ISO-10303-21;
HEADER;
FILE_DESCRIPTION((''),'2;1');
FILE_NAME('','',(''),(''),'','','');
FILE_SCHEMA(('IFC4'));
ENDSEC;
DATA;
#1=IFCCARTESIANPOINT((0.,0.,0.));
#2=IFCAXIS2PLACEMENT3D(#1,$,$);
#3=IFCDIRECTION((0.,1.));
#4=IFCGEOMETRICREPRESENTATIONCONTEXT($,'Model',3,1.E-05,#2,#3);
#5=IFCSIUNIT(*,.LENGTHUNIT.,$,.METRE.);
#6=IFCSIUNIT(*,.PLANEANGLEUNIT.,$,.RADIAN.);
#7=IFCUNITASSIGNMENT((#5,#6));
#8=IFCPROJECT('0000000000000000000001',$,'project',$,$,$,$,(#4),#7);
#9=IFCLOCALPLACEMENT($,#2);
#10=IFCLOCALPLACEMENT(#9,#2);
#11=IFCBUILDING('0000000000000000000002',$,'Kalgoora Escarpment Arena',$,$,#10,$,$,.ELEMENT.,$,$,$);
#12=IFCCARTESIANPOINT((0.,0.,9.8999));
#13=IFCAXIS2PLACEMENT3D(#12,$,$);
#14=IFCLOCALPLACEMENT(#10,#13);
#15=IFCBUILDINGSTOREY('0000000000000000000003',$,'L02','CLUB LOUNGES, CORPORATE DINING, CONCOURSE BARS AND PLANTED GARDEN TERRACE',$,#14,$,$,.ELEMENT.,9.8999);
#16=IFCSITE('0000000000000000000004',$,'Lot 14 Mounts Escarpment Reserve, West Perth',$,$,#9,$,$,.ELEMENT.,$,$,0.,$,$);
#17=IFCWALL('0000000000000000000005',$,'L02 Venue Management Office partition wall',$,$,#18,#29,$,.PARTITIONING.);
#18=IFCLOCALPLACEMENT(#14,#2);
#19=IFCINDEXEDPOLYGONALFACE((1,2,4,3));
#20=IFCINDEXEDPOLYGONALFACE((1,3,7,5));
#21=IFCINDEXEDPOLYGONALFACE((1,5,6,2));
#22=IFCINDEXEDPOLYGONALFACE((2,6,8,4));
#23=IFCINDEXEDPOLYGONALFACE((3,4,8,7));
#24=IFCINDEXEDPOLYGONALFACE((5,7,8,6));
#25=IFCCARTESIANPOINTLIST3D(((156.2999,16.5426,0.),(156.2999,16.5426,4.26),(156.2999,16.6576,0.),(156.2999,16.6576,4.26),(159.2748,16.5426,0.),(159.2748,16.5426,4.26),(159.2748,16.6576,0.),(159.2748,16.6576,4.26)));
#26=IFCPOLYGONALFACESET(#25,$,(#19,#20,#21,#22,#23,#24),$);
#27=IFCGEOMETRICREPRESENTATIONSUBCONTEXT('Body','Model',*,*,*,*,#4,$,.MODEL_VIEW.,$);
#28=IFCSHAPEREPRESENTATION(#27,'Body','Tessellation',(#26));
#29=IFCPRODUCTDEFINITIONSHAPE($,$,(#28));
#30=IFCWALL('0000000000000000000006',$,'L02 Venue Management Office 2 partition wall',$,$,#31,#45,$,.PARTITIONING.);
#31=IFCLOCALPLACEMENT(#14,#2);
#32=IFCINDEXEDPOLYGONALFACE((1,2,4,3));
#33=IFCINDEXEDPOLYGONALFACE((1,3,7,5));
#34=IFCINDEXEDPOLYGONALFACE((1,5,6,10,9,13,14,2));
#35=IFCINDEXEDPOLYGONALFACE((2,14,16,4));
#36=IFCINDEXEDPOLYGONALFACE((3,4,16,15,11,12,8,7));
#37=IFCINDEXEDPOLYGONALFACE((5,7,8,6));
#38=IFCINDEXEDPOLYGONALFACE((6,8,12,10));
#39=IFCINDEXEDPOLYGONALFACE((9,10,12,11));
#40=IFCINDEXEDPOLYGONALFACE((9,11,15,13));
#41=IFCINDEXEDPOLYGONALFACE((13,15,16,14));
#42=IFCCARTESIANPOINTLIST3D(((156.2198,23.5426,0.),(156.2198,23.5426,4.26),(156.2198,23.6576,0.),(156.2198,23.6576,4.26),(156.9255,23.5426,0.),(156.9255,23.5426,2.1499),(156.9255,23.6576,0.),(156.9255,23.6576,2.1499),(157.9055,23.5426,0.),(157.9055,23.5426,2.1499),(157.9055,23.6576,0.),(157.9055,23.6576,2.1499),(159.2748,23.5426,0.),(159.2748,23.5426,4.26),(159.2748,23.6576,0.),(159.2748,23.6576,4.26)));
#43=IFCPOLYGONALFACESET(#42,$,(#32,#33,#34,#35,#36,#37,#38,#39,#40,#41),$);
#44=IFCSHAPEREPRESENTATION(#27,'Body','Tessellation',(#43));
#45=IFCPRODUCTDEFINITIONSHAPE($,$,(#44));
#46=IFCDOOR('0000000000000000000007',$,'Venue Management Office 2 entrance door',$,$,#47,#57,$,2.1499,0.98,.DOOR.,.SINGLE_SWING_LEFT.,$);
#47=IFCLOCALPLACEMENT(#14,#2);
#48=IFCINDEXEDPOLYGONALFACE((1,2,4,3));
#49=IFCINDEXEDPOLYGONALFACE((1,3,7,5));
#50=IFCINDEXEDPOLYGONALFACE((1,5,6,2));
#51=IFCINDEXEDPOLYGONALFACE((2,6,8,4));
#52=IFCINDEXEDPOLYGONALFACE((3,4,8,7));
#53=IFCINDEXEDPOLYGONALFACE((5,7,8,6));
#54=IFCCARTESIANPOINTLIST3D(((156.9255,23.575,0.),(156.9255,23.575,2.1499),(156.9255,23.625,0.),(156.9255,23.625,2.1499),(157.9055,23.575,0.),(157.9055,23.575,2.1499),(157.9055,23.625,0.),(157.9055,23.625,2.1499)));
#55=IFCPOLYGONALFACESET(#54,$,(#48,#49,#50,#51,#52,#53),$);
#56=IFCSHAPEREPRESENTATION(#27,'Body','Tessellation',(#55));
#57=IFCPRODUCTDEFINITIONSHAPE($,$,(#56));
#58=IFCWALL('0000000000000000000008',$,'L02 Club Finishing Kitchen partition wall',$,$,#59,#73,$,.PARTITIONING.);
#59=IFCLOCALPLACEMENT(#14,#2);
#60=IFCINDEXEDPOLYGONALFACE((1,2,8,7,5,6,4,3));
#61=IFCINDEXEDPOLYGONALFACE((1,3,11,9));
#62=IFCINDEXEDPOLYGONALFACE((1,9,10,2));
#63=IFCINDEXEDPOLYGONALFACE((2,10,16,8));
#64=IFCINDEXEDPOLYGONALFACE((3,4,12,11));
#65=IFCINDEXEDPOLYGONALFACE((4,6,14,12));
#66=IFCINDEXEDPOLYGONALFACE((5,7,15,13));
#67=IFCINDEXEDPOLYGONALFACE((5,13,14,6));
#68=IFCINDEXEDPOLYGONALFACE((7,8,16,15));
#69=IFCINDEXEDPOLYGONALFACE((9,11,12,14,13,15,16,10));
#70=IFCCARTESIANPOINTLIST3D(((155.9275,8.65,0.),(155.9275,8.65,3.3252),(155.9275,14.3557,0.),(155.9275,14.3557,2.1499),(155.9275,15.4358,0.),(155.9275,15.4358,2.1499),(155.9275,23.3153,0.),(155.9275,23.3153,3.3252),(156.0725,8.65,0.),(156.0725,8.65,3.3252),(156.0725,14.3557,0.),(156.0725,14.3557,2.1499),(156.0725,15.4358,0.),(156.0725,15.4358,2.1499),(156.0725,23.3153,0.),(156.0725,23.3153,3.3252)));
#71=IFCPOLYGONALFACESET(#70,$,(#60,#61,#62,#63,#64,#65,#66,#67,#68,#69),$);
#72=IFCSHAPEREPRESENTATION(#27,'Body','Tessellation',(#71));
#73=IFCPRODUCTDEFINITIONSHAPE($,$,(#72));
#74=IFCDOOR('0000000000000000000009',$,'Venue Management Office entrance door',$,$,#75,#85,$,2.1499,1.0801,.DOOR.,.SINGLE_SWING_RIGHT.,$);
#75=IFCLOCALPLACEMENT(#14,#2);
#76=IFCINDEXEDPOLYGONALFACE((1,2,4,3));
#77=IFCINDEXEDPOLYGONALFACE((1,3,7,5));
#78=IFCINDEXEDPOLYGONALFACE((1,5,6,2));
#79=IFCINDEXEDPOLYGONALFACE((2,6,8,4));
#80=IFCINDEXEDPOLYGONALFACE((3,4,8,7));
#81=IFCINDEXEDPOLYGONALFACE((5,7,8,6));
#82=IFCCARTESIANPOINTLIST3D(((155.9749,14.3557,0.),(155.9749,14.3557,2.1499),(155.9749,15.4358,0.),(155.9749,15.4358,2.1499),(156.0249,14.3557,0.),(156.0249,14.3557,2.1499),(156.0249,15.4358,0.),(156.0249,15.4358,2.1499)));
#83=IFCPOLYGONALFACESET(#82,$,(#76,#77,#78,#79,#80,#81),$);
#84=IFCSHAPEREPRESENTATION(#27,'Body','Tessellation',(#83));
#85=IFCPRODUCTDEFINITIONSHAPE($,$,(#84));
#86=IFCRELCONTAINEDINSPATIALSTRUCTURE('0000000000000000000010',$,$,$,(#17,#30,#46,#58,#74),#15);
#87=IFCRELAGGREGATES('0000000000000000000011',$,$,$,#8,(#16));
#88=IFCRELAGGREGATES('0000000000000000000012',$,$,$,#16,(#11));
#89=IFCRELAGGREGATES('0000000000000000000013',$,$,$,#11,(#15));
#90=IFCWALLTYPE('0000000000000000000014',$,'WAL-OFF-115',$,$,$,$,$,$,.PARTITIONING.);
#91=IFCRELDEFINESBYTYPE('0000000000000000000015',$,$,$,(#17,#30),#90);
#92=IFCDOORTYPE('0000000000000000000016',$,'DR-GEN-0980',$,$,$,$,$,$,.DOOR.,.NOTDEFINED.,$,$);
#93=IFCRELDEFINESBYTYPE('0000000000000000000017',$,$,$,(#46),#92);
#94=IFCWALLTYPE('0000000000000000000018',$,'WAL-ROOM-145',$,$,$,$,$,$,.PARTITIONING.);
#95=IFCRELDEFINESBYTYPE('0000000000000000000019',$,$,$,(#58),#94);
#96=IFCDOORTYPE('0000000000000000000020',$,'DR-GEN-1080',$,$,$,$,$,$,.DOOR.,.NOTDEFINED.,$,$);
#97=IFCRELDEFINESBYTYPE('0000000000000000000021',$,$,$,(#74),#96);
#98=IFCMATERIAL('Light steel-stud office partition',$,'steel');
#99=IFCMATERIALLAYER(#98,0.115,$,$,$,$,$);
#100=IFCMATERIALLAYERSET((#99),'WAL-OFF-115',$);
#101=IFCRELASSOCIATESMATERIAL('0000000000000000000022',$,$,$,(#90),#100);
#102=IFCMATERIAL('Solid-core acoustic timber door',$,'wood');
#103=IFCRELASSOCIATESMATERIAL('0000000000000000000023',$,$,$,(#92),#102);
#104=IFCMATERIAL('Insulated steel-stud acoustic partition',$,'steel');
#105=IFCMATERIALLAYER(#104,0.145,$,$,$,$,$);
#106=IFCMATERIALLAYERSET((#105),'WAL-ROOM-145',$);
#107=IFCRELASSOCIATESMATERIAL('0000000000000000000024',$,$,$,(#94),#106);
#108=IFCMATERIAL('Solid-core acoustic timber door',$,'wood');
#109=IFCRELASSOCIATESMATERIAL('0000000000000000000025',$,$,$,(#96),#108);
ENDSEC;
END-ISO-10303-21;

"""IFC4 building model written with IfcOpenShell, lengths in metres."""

from ifc_helpers import new_model, si_unit, direction, frame, frame_2d, origin, place, context, subcontext, project, spatial, rectangle, extrude, material, layer, layer_set, type_object, element, fill, save


model = new_model("IFC4")

# Units and contexts
model_context = context("Model", 3, precision=1e-05, world=origin(), true_north=direction((0.0, 1.0)))
body_context = subcontext(model_context, "Body", "Model", "MODEL_VIEW")
ifc_project = project(units=[si_unit("LENGTHUNIT", "METRE"), si_unit("PLANEANGLEUNIT", "RADIAN")], contexts=[model_context])

# Site, building, storey
site_placement = place(None, origin())
site = spatial("IfcSite", under=ifc_project, at=site_placement, Name="Lot 14 Mounts Escarpment Reserve, West Perth", CompositionType="ELEMENT", RefElevation=0.0)
building_placement = place(site_placement, origin())
building = spatial("IfcBuilding", under=site, at=building_placement, Name="Kalgoora Escarpment Arena", CompositionType="ELEMENT")
storey_placement = place(building_placement, frame((0.0, 0.0, 9.8999)))
storey = spatial("IfcBuildingStorey", under=building, at=storey_placement, Name="L02", Description="CLUB LOUNGES, CORPORATE DINING, CONCOURSE BARS AND PLANTED GARDEN TERRACE", CompositionType="ELEMENT", Elevation=9.8999)

# Wall
ifc_material_1 = material(Name="Light steel-stud office partition", Category="steel")
ifc_layer_1 = layer(ifc_material_1, 0.115)
ifc_layer_set_1 = layer_set([ifc_layer_1], Name="WAL-OFF-115")
wall_type_1 = type_object("IfcWallType", Name="WAL-OFF-115", PredefinedType="PARTITIONING", material=ifc_layer_set_1)
wall_1_placement = place(storey_placement, frame((156.3, 16.6001, 0.0), z_axis=(0.0, 0.0, 1.0), x_axis=(1.0, 0.0, 0.0)))
element("IfcWall", 1, at=wall_1_placement, inside=storey, type_object=wall_type_1, Name="L02 Venue Management Office partition wall", PredefinedType="PARTITIONING", context=body_context, shape_type="SweptSolid", body=[
    extrude(rectangle(XDim=2.9749, YDim=0.115, at=frame_2d((1.4873, 0.0))), origin(), (0.0, 0.0, 1.0), 4.26),
])

# Walls, openings, doors
wall_2_placement = place(storey_placement, frame((156.22, 23.6001, 0.0), z_axis=(0.0, 0.0, 1.0), x_axis=(1.0, 0.0, 0.0)))
wall_2 = element("IfcWall", 2, at=wall_2_placement, inside=storey, type_object=wall_type_1, Name="L02 Venue Management Office 2 partition wall", PredefinedType="PARTITIONING", context=body_context, shape_type="SweptSolid", body=[
    extrude(rectangle(XDim=3.0549, YDim=0.115, at=frame_2d((1.5273, 0.0))), origin(), (0.0, 0.0, 1.0), 4.26),
])
opening_1_placement = place(wall_2_placement, frame((0.7056, 0.0, 0.0)))
opening_1 = element("IfcOpeningElement", 3, at=opening_1_placement, cuts=wall_2, PredefinedType="OPENING", context=body_context, shape_type="SweptSolid", body=[
    extrude(rectangle(XDim=0.98, YDim=2.1499, at=frame_2d((0.49, 1.075))), frame((0.0, 0.0674, 0.0), z_axis=(0.0, -1.0, 0.0), x_axis=(1.0, 0.0, 0.0)), (0.0, 0.0, 1.0), 0.135),
])
ifc_material_2 = material(Name="Solid-core acoustic timber door", Category="wood")
door_type_1 = type_object("IfcDoorType", Name="DR-GEN-0980", OperationType="NOTDEFINED", PredefinedType="DOOR", material=ifc_material_2)
door_1_placement = place(opening_1_placement, origin())
door_1 = element("IfcDoor", 4, at=door_1_placement, inside=storey, type_object=door_type_1, Name="Venue Management Office 2 entrance door", OperationType="SINGLE_SWING_LEFT", OverallHeight=2.1499, OverallWidth=0.98, PredefinedType="DOOR", context=body_context, shape_type="SweptSolid", body=[
    extrude(rectangle(XDim=0.98, YDim=2.1499, at=frame_2d((0.49, 1.075))), frame((0.0, 0.0249, 0.0), z_axis=(0.0, -1.0, 0.0), x_axis=(1.0, 0.0, 0.0)), (0.0, 0.0, 1.0), 0.05),
])
fill(opening_1, door_1)
ifc_material_3 = material(Name="Insulated steel-stud acoustic partition", Category="steel")
ifc_layer_2 = layer(ifc_material_3, 0.145)
ifc_layer_set_2 = layer_set([ifc_layer_2], Name="WAL-ROOM-145")
wall_type_2 = type_object("IfcWallType", Name="WAL-ROOM-145", PredefinedType="PARTITIONING", material=ifc_layer_set_2)
wall_3_placement = place(storey_placement, frame((156.0, 23.3152, 0.0), z_axis=(0.0, 0.0, 1.0), x_axis=(0.0, -1.0, 0.0)))
wall_3 = element("IfcWall", 5, at=wall_3_placement, inside=storey, type_object=wall_type_2, Name="L02 Club Finishing Kitchen partition wall", PredefinedType="PARTITIONING", context=body_context, shape_type="SweptSolid", body=[
    extrude(rectangle(XDim=14.6653, YDim=0.145, at=frame_2d((7.3325, 0.0))), origin(), (0.0, 0.0, 1.0), 3.3252),
])
opening_2_placement = place(wall_3_placement, frame((7.8794, 0.0, 0.0)))
opening_2 = element("IfcOpeningElement", 6, at=opening_2_placement, cuts=wall_3, PredefinedType="OPENING", context=body_context, shape_type="SweptSolid", body=[
    extrude(rectangle(XDim=1.0801, YDim=2.1499, at=frame_2d((0.54, 1.075))), frame((0.0, 0.0825, 0.0), z_axis=(0.0, -1.0, 0.0), x_axis=(1.0, 0.0, 0.0)), (0.0, 0.0, 1.0), 0.165),
])
ifc_material_4 = material(Name="Solid-core acoustic timber door", Category="wood")
door_type_2 = type_object("IfcDoorType", Name="DR-GEN-1080", OperationType="NOTDEFINED", PredefinedType="DOOR", material=ifc_material_4)
door_2_placement = place(opening_2_placement, origin())
door_2 = element("IfcDoor", 7, at=door_2_placement, inside=storey, type_object=door_type_2, Name="Venue Management Office entrance door", OperationType="SINGLE_SWING_RIGHT", OverallHeight=2.1499, OverallWidth=1.0801, PredefinedType="DOOR", context=body_context, shape_type="SweptSolid", body=[
    extrude(rectangle(XDim=1.0801, YDim=2.1499, at=frame_2d((0.54, 1.075))), frame((0.0, 0.0249, 0.0), z_axis=(0.0, -1.0, 0.0), x_axis=(1.0, 0.0, 0.0)), (0.0, 0.0, 1.0), 0.05),
])
fill(opening_2, door_2)

save(model, "model.ifc")
